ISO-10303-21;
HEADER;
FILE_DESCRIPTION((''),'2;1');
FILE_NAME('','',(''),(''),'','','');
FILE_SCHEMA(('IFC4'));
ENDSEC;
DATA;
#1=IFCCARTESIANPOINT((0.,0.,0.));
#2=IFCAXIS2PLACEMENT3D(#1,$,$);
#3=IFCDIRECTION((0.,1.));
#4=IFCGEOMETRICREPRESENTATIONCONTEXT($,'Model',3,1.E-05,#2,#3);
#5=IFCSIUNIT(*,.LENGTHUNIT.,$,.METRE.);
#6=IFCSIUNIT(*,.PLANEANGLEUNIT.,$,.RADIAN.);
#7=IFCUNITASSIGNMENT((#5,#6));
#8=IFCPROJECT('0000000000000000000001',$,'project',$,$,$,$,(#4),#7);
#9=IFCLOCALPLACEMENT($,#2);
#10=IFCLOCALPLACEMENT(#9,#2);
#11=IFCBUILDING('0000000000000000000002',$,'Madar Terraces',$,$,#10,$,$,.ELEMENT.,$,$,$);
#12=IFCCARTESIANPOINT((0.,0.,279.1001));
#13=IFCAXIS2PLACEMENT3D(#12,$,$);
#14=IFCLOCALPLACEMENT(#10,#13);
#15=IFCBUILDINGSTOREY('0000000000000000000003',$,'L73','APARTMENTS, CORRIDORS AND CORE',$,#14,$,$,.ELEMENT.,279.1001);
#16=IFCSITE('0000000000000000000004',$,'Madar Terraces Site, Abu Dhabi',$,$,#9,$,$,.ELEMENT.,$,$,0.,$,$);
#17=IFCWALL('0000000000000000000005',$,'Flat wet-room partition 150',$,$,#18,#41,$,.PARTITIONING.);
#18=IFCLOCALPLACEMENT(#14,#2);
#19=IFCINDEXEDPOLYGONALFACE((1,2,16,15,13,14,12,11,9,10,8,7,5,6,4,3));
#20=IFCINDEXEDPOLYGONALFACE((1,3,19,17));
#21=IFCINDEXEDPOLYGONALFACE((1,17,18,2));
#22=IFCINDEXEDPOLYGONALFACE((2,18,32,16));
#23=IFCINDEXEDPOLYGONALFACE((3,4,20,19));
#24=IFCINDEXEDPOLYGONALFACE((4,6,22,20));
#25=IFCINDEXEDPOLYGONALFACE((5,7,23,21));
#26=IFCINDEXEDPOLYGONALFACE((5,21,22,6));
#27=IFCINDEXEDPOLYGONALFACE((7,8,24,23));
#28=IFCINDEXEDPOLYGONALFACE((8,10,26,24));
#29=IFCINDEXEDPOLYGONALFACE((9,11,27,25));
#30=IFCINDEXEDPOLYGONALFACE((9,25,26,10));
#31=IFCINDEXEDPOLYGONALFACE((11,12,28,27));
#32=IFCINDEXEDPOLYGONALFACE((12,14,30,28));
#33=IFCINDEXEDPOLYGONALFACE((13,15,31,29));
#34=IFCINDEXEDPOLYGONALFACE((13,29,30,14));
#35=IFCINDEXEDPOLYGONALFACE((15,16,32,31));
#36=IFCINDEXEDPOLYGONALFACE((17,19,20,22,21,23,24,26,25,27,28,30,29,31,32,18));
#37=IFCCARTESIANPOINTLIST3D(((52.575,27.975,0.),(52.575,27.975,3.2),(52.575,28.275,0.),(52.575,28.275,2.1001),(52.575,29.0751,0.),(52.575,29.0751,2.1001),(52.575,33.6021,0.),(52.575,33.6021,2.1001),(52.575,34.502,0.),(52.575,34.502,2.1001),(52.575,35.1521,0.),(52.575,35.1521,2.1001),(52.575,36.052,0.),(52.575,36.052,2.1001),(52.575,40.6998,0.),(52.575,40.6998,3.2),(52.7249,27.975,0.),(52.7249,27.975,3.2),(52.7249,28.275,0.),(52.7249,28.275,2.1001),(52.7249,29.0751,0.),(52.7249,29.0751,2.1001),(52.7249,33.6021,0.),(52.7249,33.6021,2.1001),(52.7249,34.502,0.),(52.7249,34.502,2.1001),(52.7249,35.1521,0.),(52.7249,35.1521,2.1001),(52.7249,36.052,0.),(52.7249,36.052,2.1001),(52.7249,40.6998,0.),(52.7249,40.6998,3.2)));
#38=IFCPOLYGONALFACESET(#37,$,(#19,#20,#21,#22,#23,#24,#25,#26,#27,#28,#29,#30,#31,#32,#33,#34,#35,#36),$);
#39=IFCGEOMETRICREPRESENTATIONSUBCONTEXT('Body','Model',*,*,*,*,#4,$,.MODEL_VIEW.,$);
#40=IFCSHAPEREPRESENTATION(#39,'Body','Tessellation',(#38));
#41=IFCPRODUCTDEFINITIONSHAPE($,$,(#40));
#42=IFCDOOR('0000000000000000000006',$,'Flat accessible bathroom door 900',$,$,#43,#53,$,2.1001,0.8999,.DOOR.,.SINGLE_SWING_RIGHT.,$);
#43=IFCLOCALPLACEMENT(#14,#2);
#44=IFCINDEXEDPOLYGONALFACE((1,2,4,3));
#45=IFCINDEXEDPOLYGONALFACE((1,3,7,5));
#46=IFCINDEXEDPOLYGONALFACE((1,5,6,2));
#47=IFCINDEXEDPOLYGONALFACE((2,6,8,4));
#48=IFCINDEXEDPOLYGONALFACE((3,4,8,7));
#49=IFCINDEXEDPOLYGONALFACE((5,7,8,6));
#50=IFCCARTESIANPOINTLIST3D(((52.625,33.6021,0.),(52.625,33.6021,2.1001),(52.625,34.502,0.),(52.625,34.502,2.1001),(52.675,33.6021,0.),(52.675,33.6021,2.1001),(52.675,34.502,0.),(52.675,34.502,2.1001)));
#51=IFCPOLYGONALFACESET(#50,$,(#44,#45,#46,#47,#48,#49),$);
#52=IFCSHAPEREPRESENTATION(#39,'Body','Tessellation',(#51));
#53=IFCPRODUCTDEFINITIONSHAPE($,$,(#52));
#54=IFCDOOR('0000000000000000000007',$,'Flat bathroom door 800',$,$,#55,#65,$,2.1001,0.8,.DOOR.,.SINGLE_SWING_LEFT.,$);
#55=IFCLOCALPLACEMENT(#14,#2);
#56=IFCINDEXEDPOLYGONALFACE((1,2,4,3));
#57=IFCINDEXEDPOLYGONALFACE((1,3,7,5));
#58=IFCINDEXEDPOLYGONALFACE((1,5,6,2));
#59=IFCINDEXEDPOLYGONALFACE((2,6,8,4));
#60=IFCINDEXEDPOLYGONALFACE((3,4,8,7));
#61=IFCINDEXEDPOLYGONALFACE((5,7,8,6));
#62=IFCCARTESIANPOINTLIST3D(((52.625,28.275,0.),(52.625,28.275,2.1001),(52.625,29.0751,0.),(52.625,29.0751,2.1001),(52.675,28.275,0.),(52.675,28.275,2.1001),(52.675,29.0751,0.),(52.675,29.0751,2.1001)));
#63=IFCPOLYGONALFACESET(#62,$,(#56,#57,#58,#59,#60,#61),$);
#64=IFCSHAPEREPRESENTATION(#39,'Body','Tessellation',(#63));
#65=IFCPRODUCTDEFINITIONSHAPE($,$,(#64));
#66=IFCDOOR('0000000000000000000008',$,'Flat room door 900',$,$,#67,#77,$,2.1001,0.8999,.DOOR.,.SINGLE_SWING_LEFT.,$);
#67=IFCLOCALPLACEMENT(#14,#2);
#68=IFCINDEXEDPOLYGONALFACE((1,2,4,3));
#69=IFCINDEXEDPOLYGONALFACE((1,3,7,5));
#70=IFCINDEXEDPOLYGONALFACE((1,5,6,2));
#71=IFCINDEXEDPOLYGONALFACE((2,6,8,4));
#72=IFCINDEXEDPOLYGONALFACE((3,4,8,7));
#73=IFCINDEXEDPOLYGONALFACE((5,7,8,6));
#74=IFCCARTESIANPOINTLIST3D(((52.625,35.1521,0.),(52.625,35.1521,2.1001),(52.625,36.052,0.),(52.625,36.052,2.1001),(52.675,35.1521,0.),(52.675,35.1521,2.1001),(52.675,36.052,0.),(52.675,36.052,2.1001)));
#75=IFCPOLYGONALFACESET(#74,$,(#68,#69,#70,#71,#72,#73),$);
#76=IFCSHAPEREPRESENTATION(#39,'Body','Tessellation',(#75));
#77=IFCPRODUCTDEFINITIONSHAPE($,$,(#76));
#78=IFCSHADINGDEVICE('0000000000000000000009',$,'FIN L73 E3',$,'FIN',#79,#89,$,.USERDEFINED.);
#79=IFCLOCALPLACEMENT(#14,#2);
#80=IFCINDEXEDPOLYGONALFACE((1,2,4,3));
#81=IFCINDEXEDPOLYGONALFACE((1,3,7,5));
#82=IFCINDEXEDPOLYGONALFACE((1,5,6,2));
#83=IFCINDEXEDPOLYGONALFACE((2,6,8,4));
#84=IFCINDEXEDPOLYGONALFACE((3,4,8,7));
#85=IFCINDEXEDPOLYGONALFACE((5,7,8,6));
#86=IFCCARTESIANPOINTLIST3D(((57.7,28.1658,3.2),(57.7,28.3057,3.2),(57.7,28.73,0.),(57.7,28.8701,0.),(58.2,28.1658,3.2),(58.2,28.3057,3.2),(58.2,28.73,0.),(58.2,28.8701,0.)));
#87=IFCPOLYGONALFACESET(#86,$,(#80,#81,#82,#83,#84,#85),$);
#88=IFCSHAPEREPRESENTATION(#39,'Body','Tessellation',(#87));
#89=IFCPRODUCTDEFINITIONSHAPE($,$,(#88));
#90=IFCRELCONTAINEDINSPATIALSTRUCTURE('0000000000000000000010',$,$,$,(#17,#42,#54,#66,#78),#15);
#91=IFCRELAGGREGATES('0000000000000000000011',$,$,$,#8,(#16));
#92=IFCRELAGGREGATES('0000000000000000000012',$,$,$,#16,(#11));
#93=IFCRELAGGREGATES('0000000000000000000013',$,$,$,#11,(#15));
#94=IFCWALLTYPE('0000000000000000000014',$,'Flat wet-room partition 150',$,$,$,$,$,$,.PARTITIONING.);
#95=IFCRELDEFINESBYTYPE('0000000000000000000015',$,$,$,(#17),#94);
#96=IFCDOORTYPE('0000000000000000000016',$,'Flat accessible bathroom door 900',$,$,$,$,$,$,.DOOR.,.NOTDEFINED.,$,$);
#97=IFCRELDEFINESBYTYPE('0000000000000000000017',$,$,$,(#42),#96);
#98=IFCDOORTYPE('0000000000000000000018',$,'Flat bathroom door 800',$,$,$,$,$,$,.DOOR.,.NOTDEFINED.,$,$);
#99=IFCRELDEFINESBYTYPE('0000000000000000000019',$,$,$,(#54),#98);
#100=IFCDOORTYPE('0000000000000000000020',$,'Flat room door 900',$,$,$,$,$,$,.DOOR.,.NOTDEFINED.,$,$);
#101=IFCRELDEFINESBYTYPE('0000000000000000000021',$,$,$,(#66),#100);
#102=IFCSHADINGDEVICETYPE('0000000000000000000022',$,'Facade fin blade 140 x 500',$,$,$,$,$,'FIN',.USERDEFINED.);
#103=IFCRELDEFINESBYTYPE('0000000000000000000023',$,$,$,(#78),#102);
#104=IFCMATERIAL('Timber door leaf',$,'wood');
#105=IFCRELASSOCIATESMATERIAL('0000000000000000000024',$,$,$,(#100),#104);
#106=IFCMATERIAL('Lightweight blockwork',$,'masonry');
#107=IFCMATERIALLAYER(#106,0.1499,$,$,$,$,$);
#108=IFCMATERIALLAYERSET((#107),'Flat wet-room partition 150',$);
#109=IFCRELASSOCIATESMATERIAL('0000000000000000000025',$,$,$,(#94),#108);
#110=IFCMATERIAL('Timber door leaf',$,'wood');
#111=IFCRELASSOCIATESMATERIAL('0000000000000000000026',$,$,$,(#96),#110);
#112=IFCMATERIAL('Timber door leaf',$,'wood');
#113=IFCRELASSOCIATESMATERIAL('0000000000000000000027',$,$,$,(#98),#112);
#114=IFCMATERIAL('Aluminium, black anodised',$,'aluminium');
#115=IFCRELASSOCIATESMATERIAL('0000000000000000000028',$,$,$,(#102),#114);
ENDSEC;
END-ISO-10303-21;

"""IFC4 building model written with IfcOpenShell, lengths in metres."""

from ifc_helpers import new_model, si_unit, direction, frame, frame_2d, origin, place, context, subcontext, project, spatial, polyline, rectangle, outline, extrude, material, layer, layer_set, type_object, element, fill, save


model = new_model("IFC4")

# Units and contexts
model_context = context("Model", 3, precision=1e-05, world=origin(), true_north=direction((0.0, 1.0)))
body_context = subcontext(model_context, "Body", "Model", "MODEL_VIEW")
ifc_project = project(units=[si_unit("LENGTHUNIT", "METRE"), si_unit("PLANEANGLEUNIT", "RADIAN")], contexts=[model_context])

# Site, building, storey
site_placement = place(None, origin())
site = spatial("IfcSite", under=ifc_project, at=site_placement, Name="Madar Terraces Site, Abu Dhabi", CompositionType="ELEMENT", RefElevation=0.0)
building_placement = place(site_placement, origin())
building = spatial("IfcBuilding", under=site, at=building_placement, Name="Madar Terraces", CompositionType="ELEMENT")
storey_placement = place(building_placement, frame((0.0, 0.0, 279.1001)))
storey = spatial("IfcBuildingStorey", under=building, at=storey_placement, Name="L73", Description="APARTMENTS, CORRIDORS AND CORE", CompositionType="ELEMENT", Elevation=279.1001)

# Shared definitions
ifc_material_1 = material(Name="Timber door leaf", Category="wood")
door_type_1 = type_object("IfcDoorType", Name="Flat room door 900", OperationType="NOTDEFINED", PredefinedType="DOOR", material=ifc_material_1)

# Shared definitions
ifc_material_2 = material(Name="Lightweight blockwork", Category="masonry")
ifc_layer_1 = layer(ifc_material_2, 0.1499)
ifc_layer_set_1 = layer_set([ifc_layer_1], Name="Flat wet-room partition 150")
wall_type_1 = type_object("IfcWallType", Name="Flat wet-room partition 150", PredefinedType="PARTITIONING", material=ifc_layer_set_1)

# Wall, openings, doors
wall_1_placement = place(storey_placement, frame((52.6499, 27.9751, 0.0), z_axis=(0.0, 0.0, 1.0), x_axis=(0.0, 1.0, 0.0)))
wall_1 = element("IfcWall", 1, at=wall_1_placement, inside=storey, type_object=wall_type_1, Name="Flat wet-room partition 150", PredefinedType="PARTITIONING", context=body_context, shape_type="SweptSolid", body=[
    extrude(rectangle(XDim=12.7249, YDim=0.1499, at=frame_2d((6.3623, 0.0))), origin(), (0.0, 0.0, 1.0), 3.2),
])
opening_1_placement = place(wall_1_placement, frame((0.3, 0.0, 0.0)))
opening_1 = element("IfcOpeningElement", 2, at=opening_1_placement, cuts=wall_1, PredefinedType="OPENING", context=body_context, shape_type="SweptSolid", body=[
    extrude(rectangle(XDim=0.8, YDim=2.1001, at=frame_2d((0.3999, 1.05))), frame((0.0, 0.085, 0.0), z_axis=(0.0, -1.0, 0.0), x_axis=(1.0, 0.0, 0.0)), (0.0, 0.0, 1.0), 0.1699),
])
opening_2_placement = place(wall_1_placement, frame((5.627, 0.0, 0.0)))
opening_2 = element("IfcOpeningElement", 3, at=opening_2_placement, cuts=wall_1, PredefinedType="OPENING", context=body_context, shape_type="SweptSolid", body=[
    extrude(rectangle(XDim=0.8999, YDim=2.1001, at=frame_2d((0.45, 1.05))), frame((0.0, 0.085, 0.0), z_axis=(0.0, -1.0, 0.0), x_axis=(1.0, 0.0, 0.0)), (0.0, 0.0, 1.0), 0.1699),
])
opening_3_placement = place(wall_1_placement, frame((7.177, 0.0, 0.0)))
opening_3 = element("IfcOpeningElement", 4, at=opening_3_placement, cuts=wall_1, PredefinedType="OPENING", context=body_context, shape_type="SweptSolid", body=[
    extrude(rectangle(XDim=0.8999, YDim=2.1001, at=frame_2d((0.45, 1.05))), frame((0.0, 0.085, 0.0), z_axis=(0.0, -1.0, 0.0), x_axis=(1.0, 0.0, 0.0)), (0.0, 0.0, 1.0), 0.1699),
])
ifc_material_3 = material(Name="Timber door leaf", Category="wood")
door_type_2 = type_object("IfcDoorType", Name="Flat accessible bathroom door 900", OperationType="NOTDEFINED", PredefinedType="DOOR", material=ifc_material_3)
door_1_placement = place(opening_2_placement, origin())
door_1 = element("IfcDoor", 5, at=door_1_placement, inside=storey, type_object=door_type_2, Name="Flat accessible bathroom door 900", OperationType="SINGLE_SWING_RIGHT", OverallHeight=2.1001, OverallWidth=0.8999, PredefinedType="DOOR", context=body_context, shape_type="SweptSolid", body=[
    extrude(rectangle(XDim=0.8999, YDim=2.1001, at=frame_2d((0.45, 1.05))), frame((0.0, 0.0249, 0.0), z_axis=(0.0, -1.0, 0.0), x_axis=(1.0, 0.0, 0.0)), (0.0, 0.0, 1.0), 0.05),
])
fill(opening_2, door_1)
ifc_material_4 = material(Name="Timber door leaf", Category="wood")
door_type_3 = type_object("IfcDoorType", Name="Flat bathroom door 800", OperationType="NOTDEFINED", PredefinedType="DOOR", material=ifc_material_4)
door_2_placement = place(opening_1_placement, origin())
door_2 = element("IfcDoor", 6, at=door_2_placement, inside=storey, type_object=door_type_3, Name="Flat bathroom door 800", OperationType="SINGLE_SWING_LEFT", OverallHeight=2.1001, OverallWidth=0.8, PredefinedType="DOOR", context=body_context, shape_type="SweptSolid", body=[
    extrude(rectangle(XDim=0.8, YDim=2.1001, at=frame_2d((0.3999, 1.05))), frame((0.0, 0.0249, 0.0), z_axis=(0.0, -1.0, 0.0), x_axis=(1.0, 0.0, 0.0)), (0.0, 0.0, 1.0), 0.05),
])
fill(opening_1, door_2)
door_3_placement = place(opening_3_placement, origin())
door_3 = element("IfcDoor", 7, at=door_3_placement, inside=storey, type_object=door_type_1, Name="Flat room door 900", OperationType="SINGLE_SWING_LEFT", OverallHeight=2.1001, OverallWidth=0.8999, PredefinedType="DOOR", context=body_context, shape_type="SweptSolid", body=[
    extrude(rectangle(XDim=0.8999, YDim=2.1001, at=frame_2d((0.45, 1.05))), frame((0.0, 0.0249, 0.0), z_axis=(0.0, -1.0, 0.0), x_axis=(1.0, 0.0, 0.0)), (0.0, 0.0, 1.0), 0.05),
])
fill(opening_3, door_3)

# Shading device
ifc_material_5 = material(Name="Aluminium, black anodised", Category="aluminium")
shading_device_type = type_object("IfcShadingDeviceType", Name="Facade fin blade 140 x 500", ElementType="FIN", PredefinedType="USERDEFINED", material=ifc_material_5)
shading_device_placement = place(storey_placement, frame((57.95, 28.73, 0.0), z_axis=(0.0, 0.0, 1.0), x_axis=(0.0, 1.0, 0.0)))
element("IfcShadingDevice", 8, at=shading_device_placement, inside=storey, type_object=shading_device_type, Name="FIN L73 E3", ObjectType="FIN", PredefinedType="USERDEFINED", context=body_context, shape_type="SweptSolid", body=[
    extrude(outline(polyline([(0.0, 0.0), (0.1401, 0.0), (-0.4243, 3.2), (-0.5642, 3.2), (0.0, 0.0)])), frame((0.0, 0.25, 0.0), z_axis=(0.0, -1.0, 0.0), x_axis=(1.0, 0.0, 0.0)), (0.0, 0.0, 1.0), 0.5),
])

save(model, "model.ifc")
